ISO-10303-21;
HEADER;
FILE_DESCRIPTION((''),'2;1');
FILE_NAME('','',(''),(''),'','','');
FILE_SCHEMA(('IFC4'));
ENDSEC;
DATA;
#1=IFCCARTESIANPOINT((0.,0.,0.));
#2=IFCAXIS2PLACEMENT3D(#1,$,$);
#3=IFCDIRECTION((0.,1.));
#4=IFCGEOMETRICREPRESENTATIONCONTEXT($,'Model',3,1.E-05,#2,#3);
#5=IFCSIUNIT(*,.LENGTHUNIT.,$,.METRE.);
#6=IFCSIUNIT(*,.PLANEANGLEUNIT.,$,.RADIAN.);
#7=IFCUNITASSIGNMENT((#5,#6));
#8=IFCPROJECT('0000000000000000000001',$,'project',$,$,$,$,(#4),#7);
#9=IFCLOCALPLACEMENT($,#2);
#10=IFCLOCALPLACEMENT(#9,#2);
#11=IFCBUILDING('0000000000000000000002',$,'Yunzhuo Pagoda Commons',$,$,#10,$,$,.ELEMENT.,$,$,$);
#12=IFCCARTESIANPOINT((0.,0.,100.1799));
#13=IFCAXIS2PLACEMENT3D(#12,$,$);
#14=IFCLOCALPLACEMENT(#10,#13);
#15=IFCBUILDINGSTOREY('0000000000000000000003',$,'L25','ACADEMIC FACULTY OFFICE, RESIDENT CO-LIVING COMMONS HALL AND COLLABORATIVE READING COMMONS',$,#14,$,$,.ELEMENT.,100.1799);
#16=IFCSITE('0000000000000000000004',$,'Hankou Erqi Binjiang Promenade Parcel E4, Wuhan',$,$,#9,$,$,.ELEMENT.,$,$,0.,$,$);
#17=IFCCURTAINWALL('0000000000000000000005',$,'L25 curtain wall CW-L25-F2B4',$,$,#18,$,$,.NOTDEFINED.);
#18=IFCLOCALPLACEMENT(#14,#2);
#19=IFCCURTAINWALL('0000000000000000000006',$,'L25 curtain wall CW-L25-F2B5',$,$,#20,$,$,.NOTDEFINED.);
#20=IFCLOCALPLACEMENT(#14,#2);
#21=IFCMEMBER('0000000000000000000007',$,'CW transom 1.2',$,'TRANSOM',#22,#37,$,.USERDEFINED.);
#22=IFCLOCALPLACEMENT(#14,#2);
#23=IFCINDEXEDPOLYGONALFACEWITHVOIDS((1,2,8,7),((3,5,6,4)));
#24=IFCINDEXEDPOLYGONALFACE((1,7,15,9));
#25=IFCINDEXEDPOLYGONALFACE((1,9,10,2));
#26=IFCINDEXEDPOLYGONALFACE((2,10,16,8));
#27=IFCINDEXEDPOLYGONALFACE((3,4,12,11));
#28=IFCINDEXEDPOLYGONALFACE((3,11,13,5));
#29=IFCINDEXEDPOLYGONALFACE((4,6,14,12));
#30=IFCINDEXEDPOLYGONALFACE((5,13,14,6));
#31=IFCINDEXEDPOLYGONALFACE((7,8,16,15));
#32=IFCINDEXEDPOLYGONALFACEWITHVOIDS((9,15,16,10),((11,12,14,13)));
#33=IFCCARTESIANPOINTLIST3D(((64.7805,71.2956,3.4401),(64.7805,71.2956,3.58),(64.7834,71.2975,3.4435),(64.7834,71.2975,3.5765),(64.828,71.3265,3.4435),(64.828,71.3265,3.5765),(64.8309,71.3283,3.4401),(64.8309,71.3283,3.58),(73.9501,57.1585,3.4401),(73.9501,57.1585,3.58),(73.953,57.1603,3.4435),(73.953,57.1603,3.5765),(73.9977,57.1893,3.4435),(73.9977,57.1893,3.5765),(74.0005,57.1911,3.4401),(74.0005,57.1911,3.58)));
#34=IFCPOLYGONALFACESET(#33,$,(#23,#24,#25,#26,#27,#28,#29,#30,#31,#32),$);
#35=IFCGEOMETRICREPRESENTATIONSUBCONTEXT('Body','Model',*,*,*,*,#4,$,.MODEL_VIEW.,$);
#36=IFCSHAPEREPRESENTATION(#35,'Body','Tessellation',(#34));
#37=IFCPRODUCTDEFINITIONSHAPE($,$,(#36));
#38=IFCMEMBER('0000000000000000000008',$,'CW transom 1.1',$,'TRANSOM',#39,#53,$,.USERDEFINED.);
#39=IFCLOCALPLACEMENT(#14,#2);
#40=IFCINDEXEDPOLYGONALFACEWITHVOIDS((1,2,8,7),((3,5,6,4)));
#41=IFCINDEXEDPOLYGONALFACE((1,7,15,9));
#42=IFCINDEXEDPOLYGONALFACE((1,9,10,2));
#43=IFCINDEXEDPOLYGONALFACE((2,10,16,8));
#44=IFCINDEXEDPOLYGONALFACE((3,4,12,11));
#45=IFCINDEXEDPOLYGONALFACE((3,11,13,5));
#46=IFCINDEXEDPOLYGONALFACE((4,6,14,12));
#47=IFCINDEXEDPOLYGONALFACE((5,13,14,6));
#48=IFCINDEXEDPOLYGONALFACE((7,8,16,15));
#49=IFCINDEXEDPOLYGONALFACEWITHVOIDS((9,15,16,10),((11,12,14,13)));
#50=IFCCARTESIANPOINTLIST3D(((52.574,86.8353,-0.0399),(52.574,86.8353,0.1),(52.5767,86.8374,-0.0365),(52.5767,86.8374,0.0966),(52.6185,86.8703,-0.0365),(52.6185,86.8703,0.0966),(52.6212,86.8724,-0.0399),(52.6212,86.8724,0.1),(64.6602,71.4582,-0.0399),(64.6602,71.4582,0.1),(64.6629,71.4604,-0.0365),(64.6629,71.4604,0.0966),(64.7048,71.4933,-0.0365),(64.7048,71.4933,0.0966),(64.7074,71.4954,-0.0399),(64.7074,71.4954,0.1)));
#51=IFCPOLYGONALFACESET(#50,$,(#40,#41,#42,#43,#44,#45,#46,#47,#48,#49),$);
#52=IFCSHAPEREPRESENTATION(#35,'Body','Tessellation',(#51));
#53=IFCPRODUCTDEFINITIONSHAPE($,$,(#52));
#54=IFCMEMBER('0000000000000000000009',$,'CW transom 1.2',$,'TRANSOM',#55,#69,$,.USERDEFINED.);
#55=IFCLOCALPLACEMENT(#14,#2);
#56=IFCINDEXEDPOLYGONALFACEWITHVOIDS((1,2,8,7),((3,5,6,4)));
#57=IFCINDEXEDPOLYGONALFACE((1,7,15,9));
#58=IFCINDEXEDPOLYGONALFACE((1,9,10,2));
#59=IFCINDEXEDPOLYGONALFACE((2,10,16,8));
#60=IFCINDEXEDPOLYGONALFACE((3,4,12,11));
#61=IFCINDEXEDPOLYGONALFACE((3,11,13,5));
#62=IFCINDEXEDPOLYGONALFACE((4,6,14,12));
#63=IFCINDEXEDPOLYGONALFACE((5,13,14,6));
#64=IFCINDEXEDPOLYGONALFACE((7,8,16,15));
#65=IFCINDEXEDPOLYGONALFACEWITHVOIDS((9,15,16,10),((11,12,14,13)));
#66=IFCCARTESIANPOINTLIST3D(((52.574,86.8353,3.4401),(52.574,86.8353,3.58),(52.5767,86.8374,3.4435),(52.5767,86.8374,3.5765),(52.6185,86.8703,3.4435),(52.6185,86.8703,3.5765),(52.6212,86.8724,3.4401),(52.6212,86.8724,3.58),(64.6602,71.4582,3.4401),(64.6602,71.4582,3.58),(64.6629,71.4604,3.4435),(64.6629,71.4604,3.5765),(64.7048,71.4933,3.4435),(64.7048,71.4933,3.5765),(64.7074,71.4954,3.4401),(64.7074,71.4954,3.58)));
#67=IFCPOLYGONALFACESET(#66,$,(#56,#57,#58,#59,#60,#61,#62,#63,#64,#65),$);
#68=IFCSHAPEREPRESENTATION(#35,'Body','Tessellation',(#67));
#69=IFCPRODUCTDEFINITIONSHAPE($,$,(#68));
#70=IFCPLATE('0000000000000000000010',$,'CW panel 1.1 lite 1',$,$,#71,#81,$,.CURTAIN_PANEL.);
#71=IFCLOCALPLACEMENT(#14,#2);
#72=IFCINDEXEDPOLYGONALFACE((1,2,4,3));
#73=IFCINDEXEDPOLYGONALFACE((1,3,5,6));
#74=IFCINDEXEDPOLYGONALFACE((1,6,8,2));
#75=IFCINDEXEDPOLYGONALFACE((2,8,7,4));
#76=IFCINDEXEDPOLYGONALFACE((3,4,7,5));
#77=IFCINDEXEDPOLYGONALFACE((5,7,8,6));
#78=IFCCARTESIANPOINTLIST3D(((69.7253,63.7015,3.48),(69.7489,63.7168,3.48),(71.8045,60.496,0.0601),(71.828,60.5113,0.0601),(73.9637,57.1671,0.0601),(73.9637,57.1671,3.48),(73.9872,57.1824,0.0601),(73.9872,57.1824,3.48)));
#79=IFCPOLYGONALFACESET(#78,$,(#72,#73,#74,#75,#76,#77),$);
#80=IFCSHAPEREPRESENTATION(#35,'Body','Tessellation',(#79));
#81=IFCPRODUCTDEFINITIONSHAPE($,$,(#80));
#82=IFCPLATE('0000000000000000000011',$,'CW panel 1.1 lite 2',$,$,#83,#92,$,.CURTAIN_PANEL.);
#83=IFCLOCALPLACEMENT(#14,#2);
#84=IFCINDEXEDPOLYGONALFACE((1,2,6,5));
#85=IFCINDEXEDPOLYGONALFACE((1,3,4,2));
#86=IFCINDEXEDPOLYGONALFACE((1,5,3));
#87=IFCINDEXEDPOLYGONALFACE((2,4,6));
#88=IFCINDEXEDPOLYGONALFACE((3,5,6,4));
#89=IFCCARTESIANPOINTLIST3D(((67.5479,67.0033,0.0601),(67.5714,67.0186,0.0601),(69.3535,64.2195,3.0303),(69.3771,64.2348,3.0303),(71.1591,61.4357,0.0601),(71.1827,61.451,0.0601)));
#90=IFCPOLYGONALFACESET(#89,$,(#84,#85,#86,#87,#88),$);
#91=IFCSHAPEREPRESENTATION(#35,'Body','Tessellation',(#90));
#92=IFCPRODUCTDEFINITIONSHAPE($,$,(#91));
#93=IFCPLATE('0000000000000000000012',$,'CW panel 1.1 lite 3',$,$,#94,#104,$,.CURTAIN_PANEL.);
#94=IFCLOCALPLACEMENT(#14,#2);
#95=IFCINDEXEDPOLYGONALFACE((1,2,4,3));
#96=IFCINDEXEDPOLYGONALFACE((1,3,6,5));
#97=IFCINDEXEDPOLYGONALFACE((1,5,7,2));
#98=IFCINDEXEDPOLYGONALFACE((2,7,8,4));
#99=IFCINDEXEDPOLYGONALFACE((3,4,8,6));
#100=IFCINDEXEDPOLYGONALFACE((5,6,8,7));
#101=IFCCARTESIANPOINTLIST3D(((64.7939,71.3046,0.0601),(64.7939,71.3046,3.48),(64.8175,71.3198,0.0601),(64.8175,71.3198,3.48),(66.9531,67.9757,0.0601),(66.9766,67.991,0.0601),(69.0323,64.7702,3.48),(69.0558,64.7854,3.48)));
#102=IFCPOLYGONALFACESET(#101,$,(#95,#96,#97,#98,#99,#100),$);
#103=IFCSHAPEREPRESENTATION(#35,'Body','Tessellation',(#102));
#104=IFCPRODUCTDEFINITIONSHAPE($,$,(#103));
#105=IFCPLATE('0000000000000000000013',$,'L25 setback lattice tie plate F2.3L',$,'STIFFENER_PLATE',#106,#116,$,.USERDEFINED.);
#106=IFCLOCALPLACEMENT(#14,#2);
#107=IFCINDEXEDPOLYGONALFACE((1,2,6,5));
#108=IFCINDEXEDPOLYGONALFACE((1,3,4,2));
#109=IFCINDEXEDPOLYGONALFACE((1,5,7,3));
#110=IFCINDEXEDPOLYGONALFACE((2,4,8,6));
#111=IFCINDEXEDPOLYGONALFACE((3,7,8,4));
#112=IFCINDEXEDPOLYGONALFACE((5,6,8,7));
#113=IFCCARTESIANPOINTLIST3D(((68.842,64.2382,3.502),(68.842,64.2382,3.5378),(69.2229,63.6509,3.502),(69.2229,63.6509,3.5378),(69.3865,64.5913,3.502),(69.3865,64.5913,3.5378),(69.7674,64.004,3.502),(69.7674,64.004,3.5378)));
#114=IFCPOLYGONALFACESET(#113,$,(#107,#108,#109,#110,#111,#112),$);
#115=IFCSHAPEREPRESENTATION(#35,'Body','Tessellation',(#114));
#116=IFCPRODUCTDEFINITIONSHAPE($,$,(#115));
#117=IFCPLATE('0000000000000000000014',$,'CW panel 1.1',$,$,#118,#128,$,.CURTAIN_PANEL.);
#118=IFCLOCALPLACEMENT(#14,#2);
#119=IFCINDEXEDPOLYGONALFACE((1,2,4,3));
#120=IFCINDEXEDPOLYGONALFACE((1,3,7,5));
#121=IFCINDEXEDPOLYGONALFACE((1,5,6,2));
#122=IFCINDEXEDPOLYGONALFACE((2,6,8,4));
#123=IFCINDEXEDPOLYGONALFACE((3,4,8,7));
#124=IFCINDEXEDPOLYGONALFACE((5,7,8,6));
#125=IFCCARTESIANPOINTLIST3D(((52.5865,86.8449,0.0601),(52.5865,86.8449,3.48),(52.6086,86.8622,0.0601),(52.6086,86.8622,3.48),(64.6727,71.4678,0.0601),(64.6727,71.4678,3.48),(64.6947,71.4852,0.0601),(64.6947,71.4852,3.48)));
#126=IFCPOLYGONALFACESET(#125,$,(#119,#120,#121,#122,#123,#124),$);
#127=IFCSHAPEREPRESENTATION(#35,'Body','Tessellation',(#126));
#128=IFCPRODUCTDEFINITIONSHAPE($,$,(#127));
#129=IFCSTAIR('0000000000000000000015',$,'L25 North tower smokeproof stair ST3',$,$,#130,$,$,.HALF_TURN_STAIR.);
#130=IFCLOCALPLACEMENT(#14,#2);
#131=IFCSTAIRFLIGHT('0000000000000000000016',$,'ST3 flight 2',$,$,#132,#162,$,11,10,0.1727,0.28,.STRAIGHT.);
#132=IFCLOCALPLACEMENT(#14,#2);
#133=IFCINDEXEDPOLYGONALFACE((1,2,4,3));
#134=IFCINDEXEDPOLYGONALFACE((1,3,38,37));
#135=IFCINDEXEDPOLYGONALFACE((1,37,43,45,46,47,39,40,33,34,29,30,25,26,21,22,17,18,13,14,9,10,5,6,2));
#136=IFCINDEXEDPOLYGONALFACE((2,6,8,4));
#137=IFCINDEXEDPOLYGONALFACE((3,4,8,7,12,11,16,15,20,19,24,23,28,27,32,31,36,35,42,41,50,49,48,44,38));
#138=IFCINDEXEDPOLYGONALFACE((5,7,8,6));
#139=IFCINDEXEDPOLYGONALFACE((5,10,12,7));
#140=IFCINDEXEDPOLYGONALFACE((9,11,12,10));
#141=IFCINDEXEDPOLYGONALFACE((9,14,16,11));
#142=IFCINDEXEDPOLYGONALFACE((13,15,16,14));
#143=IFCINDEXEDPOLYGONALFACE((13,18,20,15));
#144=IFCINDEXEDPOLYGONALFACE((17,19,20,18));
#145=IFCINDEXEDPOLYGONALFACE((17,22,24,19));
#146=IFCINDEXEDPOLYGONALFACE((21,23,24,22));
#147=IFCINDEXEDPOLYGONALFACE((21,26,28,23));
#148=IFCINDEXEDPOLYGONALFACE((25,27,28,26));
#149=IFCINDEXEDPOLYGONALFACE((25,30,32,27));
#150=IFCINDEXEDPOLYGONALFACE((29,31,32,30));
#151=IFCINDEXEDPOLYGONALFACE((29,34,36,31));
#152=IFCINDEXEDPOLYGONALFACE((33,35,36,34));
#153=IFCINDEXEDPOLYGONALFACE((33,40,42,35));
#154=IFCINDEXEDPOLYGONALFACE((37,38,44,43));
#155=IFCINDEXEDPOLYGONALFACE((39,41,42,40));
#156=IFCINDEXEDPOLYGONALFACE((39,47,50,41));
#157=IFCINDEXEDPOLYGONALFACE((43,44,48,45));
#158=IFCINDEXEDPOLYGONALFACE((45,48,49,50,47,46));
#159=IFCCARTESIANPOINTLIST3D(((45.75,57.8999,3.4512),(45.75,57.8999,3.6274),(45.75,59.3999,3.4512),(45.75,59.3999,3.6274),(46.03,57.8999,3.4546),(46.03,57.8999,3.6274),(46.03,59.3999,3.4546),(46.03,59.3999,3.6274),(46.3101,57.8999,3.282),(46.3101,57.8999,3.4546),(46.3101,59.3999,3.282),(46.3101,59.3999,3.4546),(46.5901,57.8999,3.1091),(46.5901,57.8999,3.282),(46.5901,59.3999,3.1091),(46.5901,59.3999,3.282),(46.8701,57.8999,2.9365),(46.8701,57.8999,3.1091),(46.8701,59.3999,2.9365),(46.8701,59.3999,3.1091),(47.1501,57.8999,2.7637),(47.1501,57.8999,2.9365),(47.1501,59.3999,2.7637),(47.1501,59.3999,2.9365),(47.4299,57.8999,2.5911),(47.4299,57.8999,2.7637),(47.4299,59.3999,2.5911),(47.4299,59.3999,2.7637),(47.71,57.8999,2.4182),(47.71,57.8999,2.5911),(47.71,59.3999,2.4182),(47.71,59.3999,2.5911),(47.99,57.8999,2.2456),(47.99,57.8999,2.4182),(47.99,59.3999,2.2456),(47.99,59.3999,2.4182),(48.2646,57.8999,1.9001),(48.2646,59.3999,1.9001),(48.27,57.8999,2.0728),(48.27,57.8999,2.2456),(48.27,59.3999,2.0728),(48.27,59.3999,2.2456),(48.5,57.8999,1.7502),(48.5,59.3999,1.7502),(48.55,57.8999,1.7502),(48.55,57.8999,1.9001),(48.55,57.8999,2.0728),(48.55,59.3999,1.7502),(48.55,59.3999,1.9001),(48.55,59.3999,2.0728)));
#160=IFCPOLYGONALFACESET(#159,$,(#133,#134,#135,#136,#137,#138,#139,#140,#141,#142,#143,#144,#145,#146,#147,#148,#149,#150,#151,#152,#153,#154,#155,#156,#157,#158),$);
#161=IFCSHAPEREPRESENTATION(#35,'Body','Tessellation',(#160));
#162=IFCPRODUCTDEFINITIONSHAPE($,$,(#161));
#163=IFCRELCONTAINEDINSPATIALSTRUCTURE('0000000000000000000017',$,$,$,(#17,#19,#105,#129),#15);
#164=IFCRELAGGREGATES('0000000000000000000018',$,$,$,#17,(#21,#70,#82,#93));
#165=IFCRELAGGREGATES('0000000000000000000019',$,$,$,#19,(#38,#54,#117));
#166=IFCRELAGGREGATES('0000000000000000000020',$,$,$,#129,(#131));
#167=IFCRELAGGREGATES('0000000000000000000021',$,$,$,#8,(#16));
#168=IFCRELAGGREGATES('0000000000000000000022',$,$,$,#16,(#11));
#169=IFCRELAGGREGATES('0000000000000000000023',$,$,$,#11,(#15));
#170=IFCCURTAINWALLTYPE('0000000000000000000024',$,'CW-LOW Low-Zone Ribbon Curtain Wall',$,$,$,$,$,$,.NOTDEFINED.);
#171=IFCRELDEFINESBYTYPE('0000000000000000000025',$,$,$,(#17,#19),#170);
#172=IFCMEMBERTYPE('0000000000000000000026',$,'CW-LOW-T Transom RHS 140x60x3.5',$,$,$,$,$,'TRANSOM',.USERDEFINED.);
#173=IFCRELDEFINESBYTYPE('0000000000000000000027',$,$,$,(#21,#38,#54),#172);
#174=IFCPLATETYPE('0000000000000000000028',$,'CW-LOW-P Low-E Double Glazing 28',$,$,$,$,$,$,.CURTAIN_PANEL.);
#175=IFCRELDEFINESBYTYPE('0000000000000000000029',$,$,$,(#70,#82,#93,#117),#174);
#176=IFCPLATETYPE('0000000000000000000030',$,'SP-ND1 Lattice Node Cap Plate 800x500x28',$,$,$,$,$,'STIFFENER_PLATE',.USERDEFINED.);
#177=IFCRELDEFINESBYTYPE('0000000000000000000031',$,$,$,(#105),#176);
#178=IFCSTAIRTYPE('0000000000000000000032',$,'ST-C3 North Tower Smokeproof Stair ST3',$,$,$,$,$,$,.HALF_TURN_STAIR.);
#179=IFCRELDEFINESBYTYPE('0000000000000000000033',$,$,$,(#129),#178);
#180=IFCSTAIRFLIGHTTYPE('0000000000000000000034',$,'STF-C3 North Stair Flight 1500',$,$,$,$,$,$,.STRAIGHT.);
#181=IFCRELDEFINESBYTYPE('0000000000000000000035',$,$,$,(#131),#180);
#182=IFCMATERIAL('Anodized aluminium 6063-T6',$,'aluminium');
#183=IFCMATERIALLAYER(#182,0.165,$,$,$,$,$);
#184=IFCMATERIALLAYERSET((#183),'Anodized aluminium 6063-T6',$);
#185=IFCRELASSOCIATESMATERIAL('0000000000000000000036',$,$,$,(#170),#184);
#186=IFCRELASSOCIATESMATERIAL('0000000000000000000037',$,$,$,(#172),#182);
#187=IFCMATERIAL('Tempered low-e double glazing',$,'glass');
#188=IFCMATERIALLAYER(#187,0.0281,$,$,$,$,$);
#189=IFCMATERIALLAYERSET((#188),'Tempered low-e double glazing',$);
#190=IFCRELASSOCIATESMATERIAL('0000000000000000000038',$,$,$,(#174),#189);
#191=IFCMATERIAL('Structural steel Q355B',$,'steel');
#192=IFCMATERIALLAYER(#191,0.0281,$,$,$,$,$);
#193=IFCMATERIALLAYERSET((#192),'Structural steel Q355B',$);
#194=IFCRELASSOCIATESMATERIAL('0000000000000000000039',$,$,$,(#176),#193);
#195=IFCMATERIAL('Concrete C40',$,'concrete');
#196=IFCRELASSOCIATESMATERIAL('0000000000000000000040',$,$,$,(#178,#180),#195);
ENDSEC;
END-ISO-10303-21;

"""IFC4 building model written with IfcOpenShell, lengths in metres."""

from ifc_helpers import new_model, si_unit, direction, frame, origin, origin_2d, place, context, subcontext, project, spatial, polyline, rectangle, hollow_rectangle, outline, extrude, source, transform, mapped, material, layer, layer_set, material_profile, profile_set, type_object, element, aggregate, save


model = new_model("IFC4")

# Units and contexts
model_context = context("Model", 3, precision=1e-05, world=origin(), true_north=direction((0.0, 1.0)))
body_context = subcontext(model_context, "Body", "Model", "MODEL_VIEW")
ifc_project = project(units=[si_unit("LENGTHUNIT", "METRE"), si_unit("PLANEANGLEUNIT", "RADIAN")], contexts=[model_context])

# Site, building, storey
site_placement = place(None, origin())
site = spatial("IfcSite", under=ifc_project, at=site_placement, Name="Hankou Erqi Binjiang Promenade Parcel E4, Wuhan", CompositionType="ELEMENT", RefElevation=0.0)
building_placement = place(site_placement, origin())
building = spatial("IfcBuilding", under=site, at=building_placement, Name="Yunzhuo Pagoda Commons", CompositionType="ELEMENT")
storey_placement = place(building_placement, frame((0.0, 0.0, 100.1799)))
storey = spatial("IfcBuildingStorey", under=building, at=storey_placement, Name="L25", Description="ACADEMIC FACULTY OFFICE, RESIDENT CO-LIVING COMMONS HALL AND COLLABORATIVE READING COMMONS", CompositionType="ELEMENT", Elevation=100.1799)

# Shared definitions
ifc_material_1 = material(Name="Structural steel Q355B", Category="steel")

# Curtain wall
ifc_material_2 = material(Name="Anodized aluminium 6063-T6", Category="aluminium")
ifc_layer_1 = layer(ifc_material_2, 0.165)
ifc_layer_set_1 = layer_set([ifc_layer_1], Name="Anodized aluminium 6063-T6")
curtain_wall_type = type_object("IfcCurtainWallType", Name="CW-LOW Low-Zone Ribbon Curtain Wall", PredefinedType="NOTDEFINED", material=ifc_layer_set_1)
curtain_wall_1_placement = place(storey_placement, origin())
curtain_wall_1 = element("IfcCurtainWall", 1, at=curtain_wall_1_placement, inside=storey, type_object=curtain_wall_type, Name="L25 curtain wall CW-L25-F2B4", PredefinedType="NOTDEFINED")

# Curtain wall
curtain_wall_2_placement = place(storey_placement, origin())
curtain_wall_2 = element("IfcCurtainWall", 2, at=curtain_wall_2_placement, inside=storey, type_object=curtain_wall_type, Name="L25 curtain wall CW-L25-F2B5", PredefinedType="NOTDEFINED")

# Members
ifc_material_profile_1 = material_profile(ifc_material_2, hollow_rectangle(XDim=0.0601, YDim=0.1399, WallThickness=0.0034, at=origin_2d()), Name="Anodized aluminium 6063-T6")
ifc_profile_set_1 = profile_set([ifc_material_profile_1], Name="Anodized aluminium 6063-T6")
member_type_1 = type_object("IfcMemberType", Name="CW-LOW-T Transom RHS 140x60x3.5", ElementType="TRANSOM", PredefinedType="USERDEFINED", material=ifc_profile_set_1)
shared_shape_1 = source(origin(), body_context, "Body", "SweptSolid", [
    extrude(hollow_rectangle(XDim=0.0601, YDim=0.1399, WallThickness=0.0034, at=origin_2d()), origin(), (0.0, 0.0, 1.0), 16.8506),
])
member_1_placement = place(storey_placement, frame((73.9753, 57.1748, 3.51), z_axis=(-0.544174, 0.838972, 0.0), x_axis=(-0.838972, -0.544174, 0.0)))
member_1 = element("IfcMember", 3, at=member_1_placement, type_object=member_type_1, Name="CW transom 1.2", ObjectType="TRANSOM", PredefinedType="USERDEFINED", context=body_context, shape_type="MappedRepresentation", body=[
    mapped(shared_shape_1, transform((0.0, 0.0, 0.0), scale=1.0)),
])
shared_shape_2 = source(origin(), body_context, "Body", "SweptSolid", [
    extrude(hollow_rectangle(XDim=0.0601, YDim=0.1399, WallThickness=0.0034, at=origin_2d()), origin(), (0.0, 0.0, 1.0), 19.5583),
])
member_2_placement = place(storey_placement, frame((64.6838, 71.4768, 0.03), z_axis=(-0.617957, 0.786212, 0.0), x_axis=(-0.786212, -0.617957, 0.0)))
member_2 = element("IfcMember", 4, at=member_2_placement, type_object=member_type_1, Name="CW transom 1.1", ObjectType="TRANSOM", PredefinedType="USERDEFINED", context=body_context, shape_type="MappedRepresentation", body=[
    mapped(shared_shape_2, transform((0.0, 0.0, 0.0), scale=1.0)),
])
member_3_placement = place(storey_placement, frame((64.6838, 71.4768, 3.51), z_axis=(-0.617957, 0.786212, 0.0), x_axis=(-0.786212, -0.617957, 0.0)))
member_3 = element("IfcMember", 5, at=member_3_placement, type_object=member_type_1, Name="CW transom 1.2", ObjectType="TRANSOM", PredefinedType="USERDEFINED", context=body_context, shape_type="MappedRepresentation", body=[
    mapped(shared_shape_2, transform((0.0, 0.0, 0.0), scale=1.0)),
])

# Plates
ifc_material_3 = material(Name="Tempered low-e double glazing", Category="glass")
ifc_layer_2 = layer(ifc_material_3, 0.0281)
ifc_layer_set_2 = layer_set([ifc_layer_2], Name="Tempered low-e double glazing")
plate_type_1 = type_object("IfcPlateType", Name="CW-LOW-P Low-E Double Glazing 28", PredefinedType="CURTAIN_PANEL", material=ifc_layer_set_2)
plate_1_placement = place(storey_placement, frame((71.8445, 60.4343, 1.77), z_axis=(0.838972, 0.544174, 0.0), x_axis=(-0.544174, 0.838972, 0.0)))
plate_1 = element("IfcPlate", 6, at=plate_1_placement, type_object=plate_type_1, Name="CW panel 1.1 lite 1", PredefinedType="CURTAIN_PANEL", context=body_context, shape_type="SweptSolid", body=[
    extrude(outline(polyline([(-3.8943, -1.71), (0.0735, -1.71), (3.8943, 1.71), (-3.8943, 1.71), (-3.8943, -1.71)])), origin(), (0.0, 0.0, 1.0), 0.0281),
])
plate_2_placement = place(storey_placement, frame((69.3535, 64.2195, 1.5452), z_axis=(0.838972, 0.544174, 0.0), x_axis=(-0.544174, 0.838972, 0.0)))
plate_2 = element("IfcPlate", 7, at=plate_2_placement, type_object=plate_type_1, Name="CW panel 1.1 lite 2", PredefinedType="CURTAIN_PANEL", context=body_context, shape_type="SweptSolid", body=[
    extrude(outline(polyline([(-3.3181, -1.4851), (3.3181, -1.4851), (0.0, 1.4851), (-3.3181, -1.4851)])), origin(), (0.0, 0.0, 1.0), 0.0281),
])
plate_3_placement = place(storey_placement, frame((66.9131, 68.0374, 1.77), z_axis=(0.838972, 0.544174, 0.0), x_axis=(-0.544174, 0.838972, 0.0)))
plate_3 = element("IfcPlate", 8, at=plate_3_placement, type_object=plate_type_1, Name="CW panel 1.1 lite 3", PredefinedType="CURTAIN_PANEL", context=body_context, shape_type="SweptSolid", body=[
    extrude(outline(polyline([(-3.8943, 1.71), (-0.0735, -1.71), (3.8943, -1.71), (3.8943, 1.71), (-3.8943, 1.71)])), origin(), (0.0, 0.0, 1.0), 0.0281),
])
aggregate(curtain_wall_1, [member_1, plate_1, plate_2, plate_3])
ifc_layer_3 = layer(ifc_material_1, 0.0281)
ifc_layer_set_3 = layer_set([ifc_layer_3], Name="Structural steel Q355B")
plate_type_2 = type_object("IfcPlateType", Name="SP-ND1 Lattice Node Cap Plate 800x500x28", ElementType="STIFFENER_PLATE", PredefinedType="USERDEFINED", material=ifc_layer_set_3)
shared_shape_3 = source(origin(), body_context, "Body", "SweptSolid", [
    extrude(rectangle(XDim=0.7, YDim=0.6489, at=origin_2d()), origin(), (0.0, 0.0, 1.0), 0.0359),
])
plate_4_placement = place(storey_placement, frame((69.3047, 64.1211, 3.502), z_axis=(0.0, 0.0, 1.0), x_axis=(-0.544171, 0.838975, 0.0)))
element("IfcPlate", 9, at=plate_4_placement, inside=storey, type_object=plate_type_2, Name="L25 setback lattice tie plate F2.3L", ObjectType="STIFFENER_PLATE", PredefinedType="USERDEFINED", context=body_context, shape_type="MappedRepresentation", body=[
    mapped(shared_shape_3, transform((0.0, 0.0, 0.0), scale=1.0)),
])
shared_shape_4 = source(origin(), body_context, "Body", "SweptSolid", [
    extrude(rectangle(XDim=19.5583, YDim=0.0281, at=origin_2d()), origin(), (0.0, 0.0, 1.0), 3.4199),
])
plate_5_placement = place(storey_placement, frame((58.6406, 79.165, 0.0601), z_axis=(0.0, 0.0, 1.0), x_axis=(-0.617953, 0.786215, 0.0)))
plate_5 = element("IfcPlate", 10, at=plate_5_placement, type_object=plate_type_1, Name="CW panel 1.1", PredefinedType="CURTAIN_PANEL", context=body_context, shape_type="MappedRepresentation", body=[
    mapped(shared_shape_4, transform((0.0, 0.0, 0.0), scale=1.0)),
])
aggregate(curtain_wall_2, [member_2, member_3, plate_5])

# Stair, stair flight
ifc_material_4 = material(Name="Concrete C40", Category="concrete")
stair_type = type_object("IfcStairType", Name="ST-C3 North Tower Smokeproof Stair ST3", PredefinedType="HALF_TURN_STAIR", material=ifc_material_4)
stair_placement = place(storey_placement, origin())
stair = element("IfcStair", 11, at=stair_placement, inside=storey, type_object=stair_type, Name="L25 North tower smokeproof stair ST3", PredefinedType="HALF_TURN_STAIR")
stair_flight_type = type_object("IfcStairFlightType", Name="STF-C3 North Stair Flight 1500", PredefinedType="STRAIGHT", material=ifc_material_4)
shared_shape_5 = source(origin(), body_context, "Body", "SweptSolid", [
    extrude(outline(polyline([(0.0, -0.1499), (0.0, 0.0), (0.0, 0.1726), (0.28, 0.1726), (0.28, 0.3455), (0.5601, 0.3455), (0.5601, 0.5181), (0.8401, 0.5181), (0.8401, 0.6909), (1.1201, 0.6909), (1.1201, 0.8635), (1.3999, 0.8635), (1.3999, 1.0364), (1.6799, 1.0364), (1.6799, 1.209), (1.96, 1.209), (1.96, 1.3818), (2.24, 1.3818), (2.24, 1.5544), (2.52, 1.5544), (2.52, 1.7273), (2.8, 1.7273), (2.8, 1.8999), (2.8, 1.551), (0.2854, 0.0), (0.05, -0.1499), (0.0, -0.1499)])), frame((0.0, 0.75, 0.0), z_axis=(0.0, -1.0, 0.0), x_axis=(1.0, 0.0, 0.0)), (0.0, 0.0, 1.0), 1.5),
])
stair_flight_placement = place(storey_placement, frame((48.55, 58.6499, 1.9001), z_axis=(0.0, 0.0, 1.0), x_axis=(-1.0, 0.0, 0.0)))
stair_flight = element("IfcStairFlight", 12, at=stair_flight_placement, type_object=stair_flight_type, Name="ST3 flight 2", NumberOfRisers=11, NumberOfTreads=10, PredefinedType="STRAIGHT", RiserHeight=0.1727, TreadLength=0.28, context=body_context, shape_type="MappedRepresentation", body=[
    mapped(shared_shape_5, transform((0.0, 0.0, 0.0), scale=1.0)),
])
aggregate(stair, [stair_flight])

save(model, "model.ifc")
